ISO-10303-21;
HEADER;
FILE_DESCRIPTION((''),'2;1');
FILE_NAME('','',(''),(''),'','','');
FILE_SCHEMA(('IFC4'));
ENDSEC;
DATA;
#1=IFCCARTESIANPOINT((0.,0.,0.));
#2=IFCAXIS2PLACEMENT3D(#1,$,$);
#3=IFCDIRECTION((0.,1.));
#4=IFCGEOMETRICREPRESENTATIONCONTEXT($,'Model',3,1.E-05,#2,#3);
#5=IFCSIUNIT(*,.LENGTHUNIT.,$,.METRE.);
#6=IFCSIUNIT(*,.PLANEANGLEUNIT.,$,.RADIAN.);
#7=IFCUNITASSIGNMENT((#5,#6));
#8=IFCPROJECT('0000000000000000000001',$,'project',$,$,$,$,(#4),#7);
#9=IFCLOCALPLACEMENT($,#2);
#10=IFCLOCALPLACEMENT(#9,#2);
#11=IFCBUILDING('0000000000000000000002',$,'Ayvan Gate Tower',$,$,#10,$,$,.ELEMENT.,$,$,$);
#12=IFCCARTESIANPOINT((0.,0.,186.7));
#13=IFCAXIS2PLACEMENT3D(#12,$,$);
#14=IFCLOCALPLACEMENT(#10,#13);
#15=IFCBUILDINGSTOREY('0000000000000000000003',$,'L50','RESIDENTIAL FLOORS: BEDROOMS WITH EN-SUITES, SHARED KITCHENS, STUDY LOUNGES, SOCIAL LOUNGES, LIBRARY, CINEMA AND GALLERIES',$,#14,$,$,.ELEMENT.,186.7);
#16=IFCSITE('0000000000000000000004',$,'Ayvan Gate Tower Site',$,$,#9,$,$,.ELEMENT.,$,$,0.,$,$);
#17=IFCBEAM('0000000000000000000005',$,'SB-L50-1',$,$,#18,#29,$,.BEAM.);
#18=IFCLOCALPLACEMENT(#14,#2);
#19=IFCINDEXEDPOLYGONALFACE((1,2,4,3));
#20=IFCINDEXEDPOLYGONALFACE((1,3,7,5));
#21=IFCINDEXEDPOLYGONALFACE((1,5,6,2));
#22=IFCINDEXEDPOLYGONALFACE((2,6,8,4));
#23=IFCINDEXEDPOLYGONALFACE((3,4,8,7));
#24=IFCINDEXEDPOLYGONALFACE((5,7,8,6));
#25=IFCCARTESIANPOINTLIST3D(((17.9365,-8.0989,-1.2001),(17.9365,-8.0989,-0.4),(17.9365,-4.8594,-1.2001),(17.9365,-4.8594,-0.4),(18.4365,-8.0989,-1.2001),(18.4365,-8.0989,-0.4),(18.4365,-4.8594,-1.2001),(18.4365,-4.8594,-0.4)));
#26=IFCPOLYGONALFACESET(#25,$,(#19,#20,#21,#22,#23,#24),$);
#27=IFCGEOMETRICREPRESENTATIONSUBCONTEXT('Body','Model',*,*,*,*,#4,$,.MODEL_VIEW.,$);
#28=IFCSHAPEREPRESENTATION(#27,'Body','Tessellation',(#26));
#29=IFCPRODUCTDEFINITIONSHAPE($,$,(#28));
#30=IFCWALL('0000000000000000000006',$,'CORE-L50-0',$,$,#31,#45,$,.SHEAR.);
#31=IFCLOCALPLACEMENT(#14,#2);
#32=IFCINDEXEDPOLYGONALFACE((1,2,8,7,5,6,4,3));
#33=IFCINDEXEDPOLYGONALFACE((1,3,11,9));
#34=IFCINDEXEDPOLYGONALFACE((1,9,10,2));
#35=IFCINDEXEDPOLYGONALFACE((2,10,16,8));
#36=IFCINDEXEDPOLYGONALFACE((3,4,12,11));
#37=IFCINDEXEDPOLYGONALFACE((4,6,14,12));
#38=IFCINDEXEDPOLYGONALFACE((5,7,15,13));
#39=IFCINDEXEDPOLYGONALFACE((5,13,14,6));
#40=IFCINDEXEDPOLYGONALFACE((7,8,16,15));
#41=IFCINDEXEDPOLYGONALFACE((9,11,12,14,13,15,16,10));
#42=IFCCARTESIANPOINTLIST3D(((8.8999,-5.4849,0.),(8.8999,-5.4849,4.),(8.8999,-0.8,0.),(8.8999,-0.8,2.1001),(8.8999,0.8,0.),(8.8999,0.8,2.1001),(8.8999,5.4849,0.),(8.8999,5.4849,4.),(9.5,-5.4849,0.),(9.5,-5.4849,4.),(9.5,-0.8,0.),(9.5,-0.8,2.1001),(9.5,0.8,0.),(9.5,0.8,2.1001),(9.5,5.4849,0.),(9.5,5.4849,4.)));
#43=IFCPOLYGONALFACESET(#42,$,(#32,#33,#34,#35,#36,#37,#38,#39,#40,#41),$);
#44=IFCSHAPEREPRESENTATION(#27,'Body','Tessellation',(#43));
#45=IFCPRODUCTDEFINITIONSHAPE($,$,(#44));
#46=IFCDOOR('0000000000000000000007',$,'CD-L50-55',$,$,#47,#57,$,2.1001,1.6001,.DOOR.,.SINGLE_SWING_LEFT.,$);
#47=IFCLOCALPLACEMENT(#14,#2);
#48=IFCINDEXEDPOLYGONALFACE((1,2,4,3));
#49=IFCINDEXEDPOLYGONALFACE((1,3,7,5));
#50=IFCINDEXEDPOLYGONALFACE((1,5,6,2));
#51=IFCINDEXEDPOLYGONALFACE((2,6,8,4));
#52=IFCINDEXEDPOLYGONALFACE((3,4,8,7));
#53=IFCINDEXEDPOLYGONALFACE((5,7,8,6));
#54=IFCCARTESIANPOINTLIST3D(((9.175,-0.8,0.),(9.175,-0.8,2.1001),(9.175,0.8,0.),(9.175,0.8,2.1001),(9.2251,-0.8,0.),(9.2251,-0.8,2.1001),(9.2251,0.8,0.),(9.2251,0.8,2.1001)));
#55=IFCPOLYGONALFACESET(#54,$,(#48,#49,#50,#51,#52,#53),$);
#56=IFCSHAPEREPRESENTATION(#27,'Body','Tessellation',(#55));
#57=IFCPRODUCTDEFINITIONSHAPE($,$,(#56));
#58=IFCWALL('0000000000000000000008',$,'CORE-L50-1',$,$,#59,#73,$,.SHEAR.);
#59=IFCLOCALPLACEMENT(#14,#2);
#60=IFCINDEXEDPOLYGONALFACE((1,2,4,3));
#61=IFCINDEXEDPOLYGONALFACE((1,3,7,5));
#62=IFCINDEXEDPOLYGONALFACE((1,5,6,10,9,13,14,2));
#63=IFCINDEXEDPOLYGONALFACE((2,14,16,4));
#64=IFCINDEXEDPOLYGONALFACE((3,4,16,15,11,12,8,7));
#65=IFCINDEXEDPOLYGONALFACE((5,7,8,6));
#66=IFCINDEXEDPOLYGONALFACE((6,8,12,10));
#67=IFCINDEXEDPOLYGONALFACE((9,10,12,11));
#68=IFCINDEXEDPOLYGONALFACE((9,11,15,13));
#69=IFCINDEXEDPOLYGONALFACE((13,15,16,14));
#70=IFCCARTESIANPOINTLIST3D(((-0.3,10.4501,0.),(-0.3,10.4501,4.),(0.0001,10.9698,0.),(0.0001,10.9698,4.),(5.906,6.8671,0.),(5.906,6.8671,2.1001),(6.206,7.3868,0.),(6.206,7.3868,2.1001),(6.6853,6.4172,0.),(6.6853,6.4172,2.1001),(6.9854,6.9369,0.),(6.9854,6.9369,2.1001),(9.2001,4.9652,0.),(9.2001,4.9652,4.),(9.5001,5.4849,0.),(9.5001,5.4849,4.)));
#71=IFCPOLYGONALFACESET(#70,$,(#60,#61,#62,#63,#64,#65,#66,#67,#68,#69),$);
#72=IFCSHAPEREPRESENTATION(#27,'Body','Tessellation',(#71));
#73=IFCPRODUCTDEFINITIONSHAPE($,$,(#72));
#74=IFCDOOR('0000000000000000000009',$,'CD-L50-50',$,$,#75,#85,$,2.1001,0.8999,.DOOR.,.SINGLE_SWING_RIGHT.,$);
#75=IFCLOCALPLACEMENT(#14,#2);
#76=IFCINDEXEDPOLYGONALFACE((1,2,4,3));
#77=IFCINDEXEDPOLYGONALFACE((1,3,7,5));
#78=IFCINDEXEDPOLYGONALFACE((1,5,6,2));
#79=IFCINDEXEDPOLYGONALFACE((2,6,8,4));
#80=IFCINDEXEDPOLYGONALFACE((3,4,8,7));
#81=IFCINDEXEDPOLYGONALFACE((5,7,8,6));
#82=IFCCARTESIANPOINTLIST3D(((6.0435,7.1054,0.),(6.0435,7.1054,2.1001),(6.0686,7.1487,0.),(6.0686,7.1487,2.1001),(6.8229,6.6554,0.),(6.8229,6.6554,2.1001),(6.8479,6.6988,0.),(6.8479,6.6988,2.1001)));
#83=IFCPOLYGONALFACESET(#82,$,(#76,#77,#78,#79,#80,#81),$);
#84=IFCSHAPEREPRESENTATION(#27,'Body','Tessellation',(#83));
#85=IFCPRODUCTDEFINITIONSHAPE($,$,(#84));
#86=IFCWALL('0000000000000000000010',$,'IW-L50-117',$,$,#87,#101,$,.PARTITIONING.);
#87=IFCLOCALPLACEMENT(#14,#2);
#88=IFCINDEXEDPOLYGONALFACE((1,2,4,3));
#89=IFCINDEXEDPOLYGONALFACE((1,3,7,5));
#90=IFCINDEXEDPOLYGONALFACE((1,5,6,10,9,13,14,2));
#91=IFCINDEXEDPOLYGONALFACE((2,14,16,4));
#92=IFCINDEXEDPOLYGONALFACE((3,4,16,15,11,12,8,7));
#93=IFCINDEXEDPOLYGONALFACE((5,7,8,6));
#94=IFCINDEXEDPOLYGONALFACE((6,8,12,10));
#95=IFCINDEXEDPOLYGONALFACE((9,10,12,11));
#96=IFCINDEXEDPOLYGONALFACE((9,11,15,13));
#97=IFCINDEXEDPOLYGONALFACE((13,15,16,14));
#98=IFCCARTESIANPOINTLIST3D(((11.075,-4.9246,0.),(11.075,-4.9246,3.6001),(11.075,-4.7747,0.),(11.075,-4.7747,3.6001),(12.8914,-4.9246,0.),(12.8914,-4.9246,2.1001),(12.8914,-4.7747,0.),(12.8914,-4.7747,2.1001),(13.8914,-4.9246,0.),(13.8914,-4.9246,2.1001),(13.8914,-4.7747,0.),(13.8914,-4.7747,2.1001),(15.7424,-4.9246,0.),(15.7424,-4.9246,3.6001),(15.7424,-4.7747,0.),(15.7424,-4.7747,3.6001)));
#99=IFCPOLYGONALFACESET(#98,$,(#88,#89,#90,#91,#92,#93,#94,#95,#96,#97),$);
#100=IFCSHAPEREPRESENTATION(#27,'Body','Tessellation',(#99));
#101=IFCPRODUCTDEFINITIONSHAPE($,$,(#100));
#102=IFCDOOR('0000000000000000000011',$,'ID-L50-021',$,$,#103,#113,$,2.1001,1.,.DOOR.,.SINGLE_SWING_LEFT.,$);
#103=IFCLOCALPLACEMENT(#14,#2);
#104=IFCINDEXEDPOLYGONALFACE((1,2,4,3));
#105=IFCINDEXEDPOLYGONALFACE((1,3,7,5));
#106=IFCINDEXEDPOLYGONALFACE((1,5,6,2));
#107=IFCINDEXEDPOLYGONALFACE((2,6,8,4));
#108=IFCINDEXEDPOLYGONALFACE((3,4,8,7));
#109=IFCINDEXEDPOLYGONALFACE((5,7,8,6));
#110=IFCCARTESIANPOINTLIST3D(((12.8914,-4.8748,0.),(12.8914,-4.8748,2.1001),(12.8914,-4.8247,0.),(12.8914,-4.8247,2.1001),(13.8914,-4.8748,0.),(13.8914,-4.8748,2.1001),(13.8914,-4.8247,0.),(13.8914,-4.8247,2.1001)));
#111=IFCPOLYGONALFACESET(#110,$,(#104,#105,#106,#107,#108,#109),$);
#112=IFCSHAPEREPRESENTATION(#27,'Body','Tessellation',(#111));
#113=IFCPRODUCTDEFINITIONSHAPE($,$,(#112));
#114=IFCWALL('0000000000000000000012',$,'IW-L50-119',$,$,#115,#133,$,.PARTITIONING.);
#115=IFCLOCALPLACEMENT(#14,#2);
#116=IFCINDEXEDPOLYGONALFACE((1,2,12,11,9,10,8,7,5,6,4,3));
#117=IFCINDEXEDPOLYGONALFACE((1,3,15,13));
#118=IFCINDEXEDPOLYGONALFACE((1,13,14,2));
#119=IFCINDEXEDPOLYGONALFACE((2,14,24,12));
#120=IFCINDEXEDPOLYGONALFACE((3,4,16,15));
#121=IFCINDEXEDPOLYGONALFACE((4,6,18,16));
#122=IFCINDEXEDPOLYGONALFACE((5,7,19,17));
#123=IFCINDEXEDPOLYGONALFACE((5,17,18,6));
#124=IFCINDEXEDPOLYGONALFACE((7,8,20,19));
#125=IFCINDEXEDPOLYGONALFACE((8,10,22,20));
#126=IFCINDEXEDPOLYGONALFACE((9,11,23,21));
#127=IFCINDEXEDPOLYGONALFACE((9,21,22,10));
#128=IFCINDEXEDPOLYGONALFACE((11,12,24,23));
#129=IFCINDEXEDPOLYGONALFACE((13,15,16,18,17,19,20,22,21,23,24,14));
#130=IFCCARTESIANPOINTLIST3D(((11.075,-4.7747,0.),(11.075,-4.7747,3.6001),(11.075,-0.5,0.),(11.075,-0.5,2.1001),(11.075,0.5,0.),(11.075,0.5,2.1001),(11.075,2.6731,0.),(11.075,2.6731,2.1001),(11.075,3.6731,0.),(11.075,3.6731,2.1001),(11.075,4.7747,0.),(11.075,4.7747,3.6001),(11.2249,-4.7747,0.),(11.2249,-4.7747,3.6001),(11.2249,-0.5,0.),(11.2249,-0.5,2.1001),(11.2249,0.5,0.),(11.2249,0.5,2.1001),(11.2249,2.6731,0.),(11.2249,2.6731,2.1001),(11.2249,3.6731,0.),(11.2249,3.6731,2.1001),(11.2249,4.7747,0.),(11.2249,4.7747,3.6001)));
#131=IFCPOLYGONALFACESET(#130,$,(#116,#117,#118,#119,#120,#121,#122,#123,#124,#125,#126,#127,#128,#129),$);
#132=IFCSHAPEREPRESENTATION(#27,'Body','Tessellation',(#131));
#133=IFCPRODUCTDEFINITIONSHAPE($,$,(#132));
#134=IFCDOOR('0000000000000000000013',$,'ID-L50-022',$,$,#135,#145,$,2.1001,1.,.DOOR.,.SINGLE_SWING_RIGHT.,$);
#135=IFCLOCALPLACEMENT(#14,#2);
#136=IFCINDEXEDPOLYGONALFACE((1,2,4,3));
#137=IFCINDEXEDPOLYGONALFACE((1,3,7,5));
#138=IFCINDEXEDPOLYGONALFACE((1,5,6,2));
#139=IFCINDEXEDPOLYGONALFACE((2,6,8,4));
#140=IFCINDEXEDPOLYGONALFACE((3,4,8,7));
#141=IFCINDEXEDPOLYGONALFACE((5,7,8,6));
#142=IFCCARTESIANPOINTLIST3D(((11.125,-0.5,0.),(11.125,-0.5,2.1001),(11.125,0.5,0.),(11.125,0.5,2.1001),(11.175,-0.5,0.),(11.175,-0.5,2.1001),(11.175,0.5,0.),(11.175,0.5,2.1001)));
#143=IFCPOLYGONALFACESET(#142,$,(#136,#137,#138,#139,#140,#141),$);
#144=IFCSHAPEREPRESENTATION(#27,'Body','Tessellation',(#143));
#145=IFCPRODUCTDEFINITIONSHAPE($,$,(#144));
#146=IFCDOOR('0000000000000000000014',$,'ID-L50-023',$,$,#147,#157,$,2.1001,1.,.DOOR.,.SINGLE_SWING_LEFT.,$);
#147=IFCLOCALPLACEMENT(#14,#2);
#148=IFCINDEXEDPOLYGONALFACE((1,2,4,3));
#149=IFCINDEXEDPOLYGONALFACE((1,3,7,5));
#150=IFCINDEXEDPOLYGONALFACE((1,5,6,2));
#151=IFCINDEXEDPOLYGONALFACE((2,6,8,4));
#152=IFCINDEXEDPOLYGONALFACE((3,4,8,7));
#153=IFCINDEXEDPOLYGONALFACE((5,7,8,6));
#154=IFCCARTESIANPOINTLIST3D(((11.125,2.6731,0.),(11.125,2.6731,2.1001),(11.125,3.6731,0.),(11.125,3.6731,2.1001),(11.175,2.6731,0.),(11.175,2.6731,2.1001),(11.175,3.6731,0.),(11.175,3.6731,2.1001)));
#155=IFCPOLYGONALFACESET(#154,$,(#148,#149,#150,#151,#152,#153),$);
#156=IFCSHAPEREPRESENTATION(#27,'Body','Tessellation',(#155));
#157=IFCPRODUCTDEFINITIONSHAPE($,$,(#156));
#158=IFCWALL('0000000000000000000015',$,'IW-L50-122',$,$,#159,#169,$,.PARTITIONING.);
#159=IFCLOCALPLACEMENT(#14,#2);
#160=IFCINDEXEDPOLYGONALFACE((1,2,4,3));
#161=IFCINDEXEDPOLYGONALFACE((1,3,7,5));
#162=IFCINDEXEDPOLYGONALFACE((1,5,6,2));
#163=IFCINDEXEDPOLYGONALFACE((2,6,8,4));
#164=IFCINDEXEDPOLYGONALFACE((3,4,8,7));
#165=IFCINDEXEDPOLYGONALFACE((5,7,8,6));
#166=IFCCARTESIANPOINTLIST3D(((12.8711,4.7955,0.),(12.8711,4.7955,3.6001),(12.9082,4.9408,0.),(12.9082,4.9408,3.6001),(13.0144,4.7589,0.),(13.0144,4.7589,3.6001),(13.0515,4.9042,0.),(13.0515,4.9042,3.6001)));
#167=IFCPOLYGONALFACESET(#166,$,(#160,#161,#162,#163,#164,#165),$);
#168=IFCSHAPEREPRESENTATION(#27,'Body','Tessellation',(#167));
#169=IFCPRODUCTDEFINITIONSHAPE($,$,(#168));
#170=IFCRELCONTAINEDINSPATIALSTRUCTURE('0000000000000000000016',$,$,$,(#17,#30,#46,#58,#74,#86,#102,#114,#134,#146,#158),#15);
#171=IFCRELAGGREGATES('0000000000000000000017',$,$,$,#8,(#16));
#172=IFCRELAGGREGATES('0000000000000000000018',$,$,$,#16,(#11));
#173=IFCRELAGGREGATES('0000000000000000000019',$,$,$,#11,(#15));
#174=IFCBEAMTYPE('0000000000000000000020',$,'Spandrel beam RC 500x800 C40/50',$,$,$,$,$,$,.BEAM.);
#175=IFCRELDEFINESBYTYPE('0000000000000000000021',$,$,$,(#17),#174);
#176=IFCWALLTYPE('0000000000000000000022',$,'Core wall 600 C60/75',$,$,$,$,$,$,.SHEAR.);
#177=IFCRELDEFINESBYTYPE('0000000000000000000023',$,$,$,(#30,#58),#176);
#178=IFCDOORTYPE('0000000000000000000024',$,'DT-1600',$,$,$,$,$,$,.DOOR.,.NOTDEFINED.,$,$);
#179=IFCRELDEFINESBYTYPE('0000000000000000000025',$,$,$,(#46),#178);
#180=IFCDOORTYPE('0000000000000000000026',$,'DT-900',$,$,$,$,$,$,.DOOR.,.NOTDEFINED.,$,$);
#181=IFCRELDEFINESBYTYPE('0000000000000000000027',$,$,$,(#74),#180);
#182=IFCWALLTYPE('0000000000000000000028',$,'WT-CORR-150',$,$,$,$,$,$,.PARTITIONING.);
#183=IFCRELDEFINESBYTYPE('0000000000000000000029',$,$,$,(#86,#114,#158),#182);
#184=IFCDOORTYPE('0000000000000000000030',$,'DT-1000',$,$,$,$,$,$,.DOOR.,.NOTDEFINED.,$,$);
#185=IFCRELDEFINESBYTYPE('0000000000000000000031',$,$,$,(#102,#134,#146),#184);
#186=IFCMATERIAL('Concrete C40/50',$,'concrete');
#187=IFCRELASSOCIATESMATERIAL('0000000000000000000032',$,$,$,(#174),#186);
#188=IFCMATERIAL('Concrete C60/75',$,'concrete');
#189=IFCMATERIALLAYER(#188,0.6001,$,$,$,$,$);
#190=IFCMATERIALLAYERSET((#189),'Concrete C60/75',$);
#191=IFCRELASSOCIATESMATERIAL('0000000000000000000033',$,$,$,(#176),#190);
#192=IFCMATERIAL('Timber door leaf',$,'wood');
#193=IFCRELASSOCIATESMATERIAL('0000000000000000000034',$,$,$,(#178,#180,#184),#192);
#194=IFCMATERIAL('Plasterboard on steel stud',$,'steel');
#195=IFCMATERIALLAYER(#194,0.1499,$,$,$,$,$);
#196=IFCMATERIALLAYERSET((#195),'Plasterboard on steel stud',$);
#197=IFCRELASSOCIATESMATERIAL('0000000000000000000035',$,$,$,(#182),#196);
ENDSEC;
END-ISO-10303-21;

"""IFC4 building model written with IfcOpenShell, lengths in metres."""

from ifc_helpers import new_model, si_unit, direction, frame, frame_2d, origin, origin_2d, place, context, subcontext, project, spatial, rectangle, extrude, material, layer, layer_set, material_profile, profile_set, type_object, element, fill, save


model = new_model("IFC4")

# Units and contexts
model_context = context("Model", 3, precision=1e-05, world=origin(), true_north=direction((0.0, 1.0)))
body_context = subcontext(model_context, "Body", "Model", "MODEL_VIEW")
ifc_project = project(units=[si_unit("LENGTHUNIT", "METRE"), si_unit("PLANEANGLEUNIT", "RADIAN")], contexts=[model_context])

# Site, building, storey
site_placement = place(None, origin())
site = spatial("IfcSite", under=ifc_project, at=site_placement, Name="Ayvan Gate Tower Site", CompositionType="ELEMENT", RefElevation=0.0)
building_placement = place(site_placement, origin())
building = spatial("IfcBuilding", under=site, at=building_placement, Name="Ayvan Gate Tower", CompositionType="ELEMENT")
storey_placement = place(building_placement, frame((0.0, 0.0, 186.7)))
storey = spatial("IfcBuildingStorey", under=building, at=storey_placement, Name="L50", Description="RESIDENTIAL FLOORS: BEDROOMS WITH EN-SUITES, SHARED KITCHENS, STUDY LOUNGES, SOCIAL LOUNGES, LIBRARY, CINEMA AND GALLERIES", CompositionType="ELEMENT", Elevation=186.7)

# Beam
ifc_material_1 = material(Name="Concrete C40/50", Category="concrete")
ifc_material_profile = material_profile(ifc_material_1, rectangle(XDim=0.5, YDim=0.8, at=origin_2d()), Name="RC 500x800")
ifc_profile_set = profile_set([ifc_material_profile], Name="Concrete C40/50")
beam_type = type_object("IfcBeamType", Name="Spandrel beam RC 500x800 C40/50", PredefinedType="BEAM", material=ifc_profile_set)
beam_placement = place(storey_placement, frame((18.1865, -8.0989, -0.8), z_axis=(0.0, 1.0, 0.0), x_axis=(-1.0, 0.0, 0.0)))
element("IfcBeam", 1, at=beam_placement, inside=storey, type_object=beam_type, Name="SB-L50-1", PredefinedType="BEAM", context=body_context, shape_type="SweptSolid", body=[
    extrude(rectangle(XDim=0.5, YDim=0.8, at=origin_2d()), origin(), (0.0, 0.0, 1.0), 3.2395),
])

# Walls, openings, doors
ifc_material_2 = material(Name="Concrete C60/75", Category="concrete")
ifc_layer_1 = layer(ifc_material_2, 0.6001)
ifc_layer_set_1 = layer_set([ifc_layer_1], Name="Concrete C60/75")
wall_type_1 = type_object("IfcWallType", Name="Core wall 600 C60/75", PredefinedType="SHEAR", material=ifc_layer_set_1)
wall_1_placement = place(storey_placement, frame((9.2, -5.4849, 0.0), z_axis=(0.0, 0.0, 1.0), x_axis=(0.0, 1.0, 0.0)))
wall_1 = element("IfcWall", 2, at=wall_1_placement, inside=storey, type_object=wall_type_1, Name="CORE-L50-0", PredefinedType="SHEAR", context=body_context, shape_type="SweptSolid", body=[
    extrude(rectangle(XDim=10.9697, YDim=0.6001, at=frame_2d((5.4849, 0.0))), origin(), (0.0, 0.0, 1.0), 4.0),
])
opening_1_placement = place(wall_1_placement, frame((4.6848, 0.0, 0.0)))
opening_1 = element("IfcOpeningElement", 3, at=opening_1_placement, cuts=wall_1, PredefinedType="OPENING", context=body_context, shape_type="SweptSolid", body=[
    extrude(rectangle(XDim=1.6001, YDim=2.1001, at=frame_2d((0.8, 1.05))), frame((0.0, 0.3101, 0.0), z_axis=(0.0, -1.0, 0.0), x_axis=(1.0, 0.0, 0.0)), (0.0, 0.0, 1.0), 0.6201),
])
ifc_material_3 = material(Name="Timber door leaf", Category="wood")
door_type_1 = type_object("IfcDoorType", Name="DT-1600", OperationType="NOTDEFINED", PredefinedType="DOOR", material=ifc_material_3)
door_1_placement = place(opening_1_placement, origin())
door_1 = element("IfcDoor", 4, at=door_1_placement, inside=storey, type_object=door_type_1, Name="CD-L50-55", OperationType="SINGLE_SWING_LEFT", OverallHeight=2.1001, OverallWidth=1.6001, PredefinedType="DOOR", context=body_context, shape_type="SweptSolid", body=[
    extrude(rectangle(XDim=1.6001, YDim=2.1001, at=frame_2d((0.8, 1.05))), frame((0.0, 0.0249, 0.0), z_axis=(0.0, -1.0, 0.0), x_axis=(1.0, 0.0, 0.0)), (0.0, 0.0, 1.0), 0.05),
])
fill(opening_1, door_1)
wall_2_placement = place(storey_placement, frame((9.3501, 5.2251, 0.0), z_axis=(0.0, 0.0, 1.0), x_axis=(-0.866024, 0.500002, 0.0)))
wall_2 = element("IfcWall", 5, at=wall_2_placement, inside=storey, type_object=wall_type_1, Name="CORE-L50-1", PredefinedType="SHEAR", context=body_context, shape_type="SweptSolid", body=[
    extrude(rectangle(XDim=10.9697, YDim=0.6001, at=frame_2d((5.4849, 0.0))), origin(), (0.0, 0.0, 1.0), 4.0),
])
opening_2_placement = place(wall_2_placement, frame((2.9038, 0.0, 0.0)))
opening_2 = element("IfcOpeningElement", 6, at=opening_2_placement, cuts=wall_2, PredefinedType="OPENING", context=body_context, shape_type="SweptSolid", body=[
    extrude(rectangle(XDim=0.8999, YDim=2.1001, at=frame_2d((0.45, 1.05))), frame((0.0, 0.3101, 0.0), z_axis=(0.0, -1.0, 0.0), x_axis=(1.0, 0.0, 0.0)), (0.0, 0.0, 1.0), 0.6201),
])
door_type_2 = type_object("IfcDoorType", Name="DT-900", OperationType="NOTDEFINED", PredefinedType="DOOR", material=ifc_material_3)
door_2_placement = place(opening_2_placement, origin())
door_2 = element("IfcDoor", 7, at=door_2_placement, inside=storey, type_object=door_type_2, Name="CD-L50-50", OperationType="SINGLE_SWING_RIGHT", OverallHeight=2.1001, OverallWidth=0.8999, PredefinedType="DOOR", context=body_context, shape_type="SweptSolid", body=[
    extrude(rectangle(XDim=0.8999, YDim=2.1001, at=frame_2d((0.45, 1.05))), frame((0.0, 0.0249, 0.0), z_axis=(0.0, -1.0, 0.0), x_axis=(1.0, 0.0, 0.0)), (0.0, 0.0, 1.0), 0.05),
])
fill(opening_2, door_2)
ifc_material_4 = material(Name="Plasterboard on steel stud", Category="steel")
ifc_layer_2 = layer(ifc_material_4, 0.1499)
ifc_layer_set_2 = layer_set([ifc_layer_2], Name="Plasterboard on steel stud")
wall_type_2 = type_object("IfcWallType", Name="WT-CORR-150", PredefinedType="PARTITIONING", material=ifc_layer_set_2)
wall_3_placement = place(storey_placement, frame((11.075, -4.8496, 0.0), z_axis=(0.0, 0.0, 1.0), x_axis=(1.0, 0.0, 0.0)))
wall_3 = element("IfcWall", 8, at=wall_3_placement, inside=storey, type_object=wall_type_2, Name="IW-L50-117", PredefinedType="PARTITIONING", context=body_context, shape_type="SweptSolid", body=[
    extrude(rectangle(XDim=4.6675, YDim=0.1499, at=frame_2d((2.3337, 0.0))), origin(), (0.0, 0.0, 1.0), 3.6001),
])
opening_3_placement = place(wall_3_placement, frame((1.8164, 0.0, 0.0)))
opening_3 = element("IfcOpeningElement", 9, at=opening_3_placement, cuts=wall_3, PredefinedType="OPENING", context=body_context, shape_type="SweptSolid", body=[
    extrude(rectangle(XDim=1.0, YDim=2.1001, at=frame_2d((0.5, 1.05))), frame((0.0, 0.085, 0.0), z_axis=(0.0, -1.0, 0.0), x_axis=(1.0, 0.0, 0.0)), (0.0, 0.0, 1.0), 0.1699),
])
door_type_3 = type_object("IfcDoorType", Name="DT-1000", OperationType="NOTDEFINED", PredefinedType="DOOR", material=ifc_material_3)
door_3_placement = place(opening_3_placement, origin())
door_3 = element("IfcDoor", 10, at=door_3_placement, inside=storey, type_object=door_type_3, Name="ID-L50-021", OperationType="SINGLE_SWING_LEFT", OverallHeight=2.1001, OverallWidth=1.0, PredefinedType="DOOR", context=body_context, shape_type="SweptSolid", body=[
    extrude(rectangle(XDim=1.0, YDim=2.1001, at=frame_2d((0.5, 1.05))), frame((0.0, 0.0249, 0.0), z_axis=(0.0, -1.0, 0.0), x_axis=(1.0, 0.0, 0.0)), (0.0, 0.0, 1.0), 0.05),
])
fill(opening_3, door_3)

# Wall, openings, doors
wall_4_placement = place(storey_placement, frame((11.1499, -4.7747, 0.0), z_axis=(0.0, 0.0, 1.0), x_axis=(0.0, 1.0, 0.0)))
wall_4 = element("IfcWall", 11, at=wall_4_placement, inside=storey, type_object=wall_type_2, Name="IW-L50-119", PredefinedType="PARTITIONING", context=body_context, shape_type="SweptSolid", body=[
    extrude(rectangle(XDim=9.5493, YDim=0.1499, at=frame_2d((4.7747, 0.0))), origin(), (0.0, 0.0, 1.0), 3.6001),
])
opening_4_placement = place(wall_4_placement, frame((4.2747, 0.0, 0.0)))
opening_4 = element("IfcOpeningElement", 12, at=opening_4_placement, cuts=wall_4, PredefinedType="OPENING", context=body_context, shape_type="SweptSolid", body=[
    extrude(rectangle(XDim=1.0, YDim=2.1001, at=frame_2d((0.5, 1.05))), frame((0.0, 0.085, 0.0), z_axis=(0.0, -1.0, 0.0), x_axis=(1.0, 0.0, 0.0)), (0.0, 0.0, 1.0), 0.1699),
])
opening_5_placement = place(wall_4_placement, frame((7.4478, 0.0, 0.0)))
opening_5 = element("IfcOpeningElement", 13, at=opening_5_placement, cuts=wall_4, PredefinedType="OPENING", context=body_context, shape_type="SweptSolid", body=[
    extrude(rectangle(XDim=1.0, YDim=2.1001, at=frame_2d((0.5, 1.05))), frame((0.0, 0.085, 0.0), z_axis=(0.0, -1.0, 0.0), x_axis=(1.0, 0.0, 0.0)), (0.0, 0.0, 1.0), 0.1699),
])
door_4_placement = place(opening_4_placement, origin())
door_4 = element("IfcDoor", 14, at=door_4_placement, inside=storey, type_object=door_type_3, Name="ID-L50-022", OperationType="SINGLE_SWING_RIGHT", OverallHeight=2.1001, OverallWidth=1.0, PredefinedType="DOOR", context=body_context, shape_type="SweptSolid", body=[
    extrude(rectangle(XDim=1.0, YDim=2.1001, at=frame_2d((0.5, 1.05))), frame((0.0, 0.0249, 0.0), z_axis=(0.0, -1.0, 0.0), x_axis=(1.0, 0.0, 0.0)), (0.0, 0.0, 1.0), 0.05),
])
fill(opening_4, door_4)
door_5_placement = place(opening_5_placement, origin())
door_5 = element("IfcDoor", 15, at=door_5_placement, inside=storey, type_object=door_type_3, Name="ID-L50-023", OperationType="SINGLE_SWING_LEFT", OverallHeight=2.1001, OverallWidth=1.0, PredefinedType="DOOR", context=body_context, shape_type="SweptSolid", body=[
    extrude(rectangle(XDim=1.0, YDim=2.1001, at=frame_2d((0.5, 1.05))), frame((0.0, 0.0249, 0.0), z_axis=(0.0, -1.0, 0.0), x_axis=(1.0, 0.0, 0.0)), (0.0, 0.0, 1.0), 0.05),
])
fill(opening_5, door_5)

# Wall
wall_5_placement = place(storey_placement, frame((12.8896, 4.8682, 0.0), z_axis=(0.0, 0.0, 1.0), x_axis=(0.968867, -0.247581, 0.0)))
element("IfcWall", 16, at=wall_5_placement, inside=storey, type_object=wall_type_2, Name="IW-L50-122", PredefinedType="PARTITIONING", context=body_context, shape_type="SweptSolid", body=[
    extrude(rectangle(XDim=0.1479, YDim=0.1499, at=frame_2d((0.074, 0.0))), origin(), (0.0, 0.0, 1.0), 3.6001),
])

save(model, "model.ifc")
